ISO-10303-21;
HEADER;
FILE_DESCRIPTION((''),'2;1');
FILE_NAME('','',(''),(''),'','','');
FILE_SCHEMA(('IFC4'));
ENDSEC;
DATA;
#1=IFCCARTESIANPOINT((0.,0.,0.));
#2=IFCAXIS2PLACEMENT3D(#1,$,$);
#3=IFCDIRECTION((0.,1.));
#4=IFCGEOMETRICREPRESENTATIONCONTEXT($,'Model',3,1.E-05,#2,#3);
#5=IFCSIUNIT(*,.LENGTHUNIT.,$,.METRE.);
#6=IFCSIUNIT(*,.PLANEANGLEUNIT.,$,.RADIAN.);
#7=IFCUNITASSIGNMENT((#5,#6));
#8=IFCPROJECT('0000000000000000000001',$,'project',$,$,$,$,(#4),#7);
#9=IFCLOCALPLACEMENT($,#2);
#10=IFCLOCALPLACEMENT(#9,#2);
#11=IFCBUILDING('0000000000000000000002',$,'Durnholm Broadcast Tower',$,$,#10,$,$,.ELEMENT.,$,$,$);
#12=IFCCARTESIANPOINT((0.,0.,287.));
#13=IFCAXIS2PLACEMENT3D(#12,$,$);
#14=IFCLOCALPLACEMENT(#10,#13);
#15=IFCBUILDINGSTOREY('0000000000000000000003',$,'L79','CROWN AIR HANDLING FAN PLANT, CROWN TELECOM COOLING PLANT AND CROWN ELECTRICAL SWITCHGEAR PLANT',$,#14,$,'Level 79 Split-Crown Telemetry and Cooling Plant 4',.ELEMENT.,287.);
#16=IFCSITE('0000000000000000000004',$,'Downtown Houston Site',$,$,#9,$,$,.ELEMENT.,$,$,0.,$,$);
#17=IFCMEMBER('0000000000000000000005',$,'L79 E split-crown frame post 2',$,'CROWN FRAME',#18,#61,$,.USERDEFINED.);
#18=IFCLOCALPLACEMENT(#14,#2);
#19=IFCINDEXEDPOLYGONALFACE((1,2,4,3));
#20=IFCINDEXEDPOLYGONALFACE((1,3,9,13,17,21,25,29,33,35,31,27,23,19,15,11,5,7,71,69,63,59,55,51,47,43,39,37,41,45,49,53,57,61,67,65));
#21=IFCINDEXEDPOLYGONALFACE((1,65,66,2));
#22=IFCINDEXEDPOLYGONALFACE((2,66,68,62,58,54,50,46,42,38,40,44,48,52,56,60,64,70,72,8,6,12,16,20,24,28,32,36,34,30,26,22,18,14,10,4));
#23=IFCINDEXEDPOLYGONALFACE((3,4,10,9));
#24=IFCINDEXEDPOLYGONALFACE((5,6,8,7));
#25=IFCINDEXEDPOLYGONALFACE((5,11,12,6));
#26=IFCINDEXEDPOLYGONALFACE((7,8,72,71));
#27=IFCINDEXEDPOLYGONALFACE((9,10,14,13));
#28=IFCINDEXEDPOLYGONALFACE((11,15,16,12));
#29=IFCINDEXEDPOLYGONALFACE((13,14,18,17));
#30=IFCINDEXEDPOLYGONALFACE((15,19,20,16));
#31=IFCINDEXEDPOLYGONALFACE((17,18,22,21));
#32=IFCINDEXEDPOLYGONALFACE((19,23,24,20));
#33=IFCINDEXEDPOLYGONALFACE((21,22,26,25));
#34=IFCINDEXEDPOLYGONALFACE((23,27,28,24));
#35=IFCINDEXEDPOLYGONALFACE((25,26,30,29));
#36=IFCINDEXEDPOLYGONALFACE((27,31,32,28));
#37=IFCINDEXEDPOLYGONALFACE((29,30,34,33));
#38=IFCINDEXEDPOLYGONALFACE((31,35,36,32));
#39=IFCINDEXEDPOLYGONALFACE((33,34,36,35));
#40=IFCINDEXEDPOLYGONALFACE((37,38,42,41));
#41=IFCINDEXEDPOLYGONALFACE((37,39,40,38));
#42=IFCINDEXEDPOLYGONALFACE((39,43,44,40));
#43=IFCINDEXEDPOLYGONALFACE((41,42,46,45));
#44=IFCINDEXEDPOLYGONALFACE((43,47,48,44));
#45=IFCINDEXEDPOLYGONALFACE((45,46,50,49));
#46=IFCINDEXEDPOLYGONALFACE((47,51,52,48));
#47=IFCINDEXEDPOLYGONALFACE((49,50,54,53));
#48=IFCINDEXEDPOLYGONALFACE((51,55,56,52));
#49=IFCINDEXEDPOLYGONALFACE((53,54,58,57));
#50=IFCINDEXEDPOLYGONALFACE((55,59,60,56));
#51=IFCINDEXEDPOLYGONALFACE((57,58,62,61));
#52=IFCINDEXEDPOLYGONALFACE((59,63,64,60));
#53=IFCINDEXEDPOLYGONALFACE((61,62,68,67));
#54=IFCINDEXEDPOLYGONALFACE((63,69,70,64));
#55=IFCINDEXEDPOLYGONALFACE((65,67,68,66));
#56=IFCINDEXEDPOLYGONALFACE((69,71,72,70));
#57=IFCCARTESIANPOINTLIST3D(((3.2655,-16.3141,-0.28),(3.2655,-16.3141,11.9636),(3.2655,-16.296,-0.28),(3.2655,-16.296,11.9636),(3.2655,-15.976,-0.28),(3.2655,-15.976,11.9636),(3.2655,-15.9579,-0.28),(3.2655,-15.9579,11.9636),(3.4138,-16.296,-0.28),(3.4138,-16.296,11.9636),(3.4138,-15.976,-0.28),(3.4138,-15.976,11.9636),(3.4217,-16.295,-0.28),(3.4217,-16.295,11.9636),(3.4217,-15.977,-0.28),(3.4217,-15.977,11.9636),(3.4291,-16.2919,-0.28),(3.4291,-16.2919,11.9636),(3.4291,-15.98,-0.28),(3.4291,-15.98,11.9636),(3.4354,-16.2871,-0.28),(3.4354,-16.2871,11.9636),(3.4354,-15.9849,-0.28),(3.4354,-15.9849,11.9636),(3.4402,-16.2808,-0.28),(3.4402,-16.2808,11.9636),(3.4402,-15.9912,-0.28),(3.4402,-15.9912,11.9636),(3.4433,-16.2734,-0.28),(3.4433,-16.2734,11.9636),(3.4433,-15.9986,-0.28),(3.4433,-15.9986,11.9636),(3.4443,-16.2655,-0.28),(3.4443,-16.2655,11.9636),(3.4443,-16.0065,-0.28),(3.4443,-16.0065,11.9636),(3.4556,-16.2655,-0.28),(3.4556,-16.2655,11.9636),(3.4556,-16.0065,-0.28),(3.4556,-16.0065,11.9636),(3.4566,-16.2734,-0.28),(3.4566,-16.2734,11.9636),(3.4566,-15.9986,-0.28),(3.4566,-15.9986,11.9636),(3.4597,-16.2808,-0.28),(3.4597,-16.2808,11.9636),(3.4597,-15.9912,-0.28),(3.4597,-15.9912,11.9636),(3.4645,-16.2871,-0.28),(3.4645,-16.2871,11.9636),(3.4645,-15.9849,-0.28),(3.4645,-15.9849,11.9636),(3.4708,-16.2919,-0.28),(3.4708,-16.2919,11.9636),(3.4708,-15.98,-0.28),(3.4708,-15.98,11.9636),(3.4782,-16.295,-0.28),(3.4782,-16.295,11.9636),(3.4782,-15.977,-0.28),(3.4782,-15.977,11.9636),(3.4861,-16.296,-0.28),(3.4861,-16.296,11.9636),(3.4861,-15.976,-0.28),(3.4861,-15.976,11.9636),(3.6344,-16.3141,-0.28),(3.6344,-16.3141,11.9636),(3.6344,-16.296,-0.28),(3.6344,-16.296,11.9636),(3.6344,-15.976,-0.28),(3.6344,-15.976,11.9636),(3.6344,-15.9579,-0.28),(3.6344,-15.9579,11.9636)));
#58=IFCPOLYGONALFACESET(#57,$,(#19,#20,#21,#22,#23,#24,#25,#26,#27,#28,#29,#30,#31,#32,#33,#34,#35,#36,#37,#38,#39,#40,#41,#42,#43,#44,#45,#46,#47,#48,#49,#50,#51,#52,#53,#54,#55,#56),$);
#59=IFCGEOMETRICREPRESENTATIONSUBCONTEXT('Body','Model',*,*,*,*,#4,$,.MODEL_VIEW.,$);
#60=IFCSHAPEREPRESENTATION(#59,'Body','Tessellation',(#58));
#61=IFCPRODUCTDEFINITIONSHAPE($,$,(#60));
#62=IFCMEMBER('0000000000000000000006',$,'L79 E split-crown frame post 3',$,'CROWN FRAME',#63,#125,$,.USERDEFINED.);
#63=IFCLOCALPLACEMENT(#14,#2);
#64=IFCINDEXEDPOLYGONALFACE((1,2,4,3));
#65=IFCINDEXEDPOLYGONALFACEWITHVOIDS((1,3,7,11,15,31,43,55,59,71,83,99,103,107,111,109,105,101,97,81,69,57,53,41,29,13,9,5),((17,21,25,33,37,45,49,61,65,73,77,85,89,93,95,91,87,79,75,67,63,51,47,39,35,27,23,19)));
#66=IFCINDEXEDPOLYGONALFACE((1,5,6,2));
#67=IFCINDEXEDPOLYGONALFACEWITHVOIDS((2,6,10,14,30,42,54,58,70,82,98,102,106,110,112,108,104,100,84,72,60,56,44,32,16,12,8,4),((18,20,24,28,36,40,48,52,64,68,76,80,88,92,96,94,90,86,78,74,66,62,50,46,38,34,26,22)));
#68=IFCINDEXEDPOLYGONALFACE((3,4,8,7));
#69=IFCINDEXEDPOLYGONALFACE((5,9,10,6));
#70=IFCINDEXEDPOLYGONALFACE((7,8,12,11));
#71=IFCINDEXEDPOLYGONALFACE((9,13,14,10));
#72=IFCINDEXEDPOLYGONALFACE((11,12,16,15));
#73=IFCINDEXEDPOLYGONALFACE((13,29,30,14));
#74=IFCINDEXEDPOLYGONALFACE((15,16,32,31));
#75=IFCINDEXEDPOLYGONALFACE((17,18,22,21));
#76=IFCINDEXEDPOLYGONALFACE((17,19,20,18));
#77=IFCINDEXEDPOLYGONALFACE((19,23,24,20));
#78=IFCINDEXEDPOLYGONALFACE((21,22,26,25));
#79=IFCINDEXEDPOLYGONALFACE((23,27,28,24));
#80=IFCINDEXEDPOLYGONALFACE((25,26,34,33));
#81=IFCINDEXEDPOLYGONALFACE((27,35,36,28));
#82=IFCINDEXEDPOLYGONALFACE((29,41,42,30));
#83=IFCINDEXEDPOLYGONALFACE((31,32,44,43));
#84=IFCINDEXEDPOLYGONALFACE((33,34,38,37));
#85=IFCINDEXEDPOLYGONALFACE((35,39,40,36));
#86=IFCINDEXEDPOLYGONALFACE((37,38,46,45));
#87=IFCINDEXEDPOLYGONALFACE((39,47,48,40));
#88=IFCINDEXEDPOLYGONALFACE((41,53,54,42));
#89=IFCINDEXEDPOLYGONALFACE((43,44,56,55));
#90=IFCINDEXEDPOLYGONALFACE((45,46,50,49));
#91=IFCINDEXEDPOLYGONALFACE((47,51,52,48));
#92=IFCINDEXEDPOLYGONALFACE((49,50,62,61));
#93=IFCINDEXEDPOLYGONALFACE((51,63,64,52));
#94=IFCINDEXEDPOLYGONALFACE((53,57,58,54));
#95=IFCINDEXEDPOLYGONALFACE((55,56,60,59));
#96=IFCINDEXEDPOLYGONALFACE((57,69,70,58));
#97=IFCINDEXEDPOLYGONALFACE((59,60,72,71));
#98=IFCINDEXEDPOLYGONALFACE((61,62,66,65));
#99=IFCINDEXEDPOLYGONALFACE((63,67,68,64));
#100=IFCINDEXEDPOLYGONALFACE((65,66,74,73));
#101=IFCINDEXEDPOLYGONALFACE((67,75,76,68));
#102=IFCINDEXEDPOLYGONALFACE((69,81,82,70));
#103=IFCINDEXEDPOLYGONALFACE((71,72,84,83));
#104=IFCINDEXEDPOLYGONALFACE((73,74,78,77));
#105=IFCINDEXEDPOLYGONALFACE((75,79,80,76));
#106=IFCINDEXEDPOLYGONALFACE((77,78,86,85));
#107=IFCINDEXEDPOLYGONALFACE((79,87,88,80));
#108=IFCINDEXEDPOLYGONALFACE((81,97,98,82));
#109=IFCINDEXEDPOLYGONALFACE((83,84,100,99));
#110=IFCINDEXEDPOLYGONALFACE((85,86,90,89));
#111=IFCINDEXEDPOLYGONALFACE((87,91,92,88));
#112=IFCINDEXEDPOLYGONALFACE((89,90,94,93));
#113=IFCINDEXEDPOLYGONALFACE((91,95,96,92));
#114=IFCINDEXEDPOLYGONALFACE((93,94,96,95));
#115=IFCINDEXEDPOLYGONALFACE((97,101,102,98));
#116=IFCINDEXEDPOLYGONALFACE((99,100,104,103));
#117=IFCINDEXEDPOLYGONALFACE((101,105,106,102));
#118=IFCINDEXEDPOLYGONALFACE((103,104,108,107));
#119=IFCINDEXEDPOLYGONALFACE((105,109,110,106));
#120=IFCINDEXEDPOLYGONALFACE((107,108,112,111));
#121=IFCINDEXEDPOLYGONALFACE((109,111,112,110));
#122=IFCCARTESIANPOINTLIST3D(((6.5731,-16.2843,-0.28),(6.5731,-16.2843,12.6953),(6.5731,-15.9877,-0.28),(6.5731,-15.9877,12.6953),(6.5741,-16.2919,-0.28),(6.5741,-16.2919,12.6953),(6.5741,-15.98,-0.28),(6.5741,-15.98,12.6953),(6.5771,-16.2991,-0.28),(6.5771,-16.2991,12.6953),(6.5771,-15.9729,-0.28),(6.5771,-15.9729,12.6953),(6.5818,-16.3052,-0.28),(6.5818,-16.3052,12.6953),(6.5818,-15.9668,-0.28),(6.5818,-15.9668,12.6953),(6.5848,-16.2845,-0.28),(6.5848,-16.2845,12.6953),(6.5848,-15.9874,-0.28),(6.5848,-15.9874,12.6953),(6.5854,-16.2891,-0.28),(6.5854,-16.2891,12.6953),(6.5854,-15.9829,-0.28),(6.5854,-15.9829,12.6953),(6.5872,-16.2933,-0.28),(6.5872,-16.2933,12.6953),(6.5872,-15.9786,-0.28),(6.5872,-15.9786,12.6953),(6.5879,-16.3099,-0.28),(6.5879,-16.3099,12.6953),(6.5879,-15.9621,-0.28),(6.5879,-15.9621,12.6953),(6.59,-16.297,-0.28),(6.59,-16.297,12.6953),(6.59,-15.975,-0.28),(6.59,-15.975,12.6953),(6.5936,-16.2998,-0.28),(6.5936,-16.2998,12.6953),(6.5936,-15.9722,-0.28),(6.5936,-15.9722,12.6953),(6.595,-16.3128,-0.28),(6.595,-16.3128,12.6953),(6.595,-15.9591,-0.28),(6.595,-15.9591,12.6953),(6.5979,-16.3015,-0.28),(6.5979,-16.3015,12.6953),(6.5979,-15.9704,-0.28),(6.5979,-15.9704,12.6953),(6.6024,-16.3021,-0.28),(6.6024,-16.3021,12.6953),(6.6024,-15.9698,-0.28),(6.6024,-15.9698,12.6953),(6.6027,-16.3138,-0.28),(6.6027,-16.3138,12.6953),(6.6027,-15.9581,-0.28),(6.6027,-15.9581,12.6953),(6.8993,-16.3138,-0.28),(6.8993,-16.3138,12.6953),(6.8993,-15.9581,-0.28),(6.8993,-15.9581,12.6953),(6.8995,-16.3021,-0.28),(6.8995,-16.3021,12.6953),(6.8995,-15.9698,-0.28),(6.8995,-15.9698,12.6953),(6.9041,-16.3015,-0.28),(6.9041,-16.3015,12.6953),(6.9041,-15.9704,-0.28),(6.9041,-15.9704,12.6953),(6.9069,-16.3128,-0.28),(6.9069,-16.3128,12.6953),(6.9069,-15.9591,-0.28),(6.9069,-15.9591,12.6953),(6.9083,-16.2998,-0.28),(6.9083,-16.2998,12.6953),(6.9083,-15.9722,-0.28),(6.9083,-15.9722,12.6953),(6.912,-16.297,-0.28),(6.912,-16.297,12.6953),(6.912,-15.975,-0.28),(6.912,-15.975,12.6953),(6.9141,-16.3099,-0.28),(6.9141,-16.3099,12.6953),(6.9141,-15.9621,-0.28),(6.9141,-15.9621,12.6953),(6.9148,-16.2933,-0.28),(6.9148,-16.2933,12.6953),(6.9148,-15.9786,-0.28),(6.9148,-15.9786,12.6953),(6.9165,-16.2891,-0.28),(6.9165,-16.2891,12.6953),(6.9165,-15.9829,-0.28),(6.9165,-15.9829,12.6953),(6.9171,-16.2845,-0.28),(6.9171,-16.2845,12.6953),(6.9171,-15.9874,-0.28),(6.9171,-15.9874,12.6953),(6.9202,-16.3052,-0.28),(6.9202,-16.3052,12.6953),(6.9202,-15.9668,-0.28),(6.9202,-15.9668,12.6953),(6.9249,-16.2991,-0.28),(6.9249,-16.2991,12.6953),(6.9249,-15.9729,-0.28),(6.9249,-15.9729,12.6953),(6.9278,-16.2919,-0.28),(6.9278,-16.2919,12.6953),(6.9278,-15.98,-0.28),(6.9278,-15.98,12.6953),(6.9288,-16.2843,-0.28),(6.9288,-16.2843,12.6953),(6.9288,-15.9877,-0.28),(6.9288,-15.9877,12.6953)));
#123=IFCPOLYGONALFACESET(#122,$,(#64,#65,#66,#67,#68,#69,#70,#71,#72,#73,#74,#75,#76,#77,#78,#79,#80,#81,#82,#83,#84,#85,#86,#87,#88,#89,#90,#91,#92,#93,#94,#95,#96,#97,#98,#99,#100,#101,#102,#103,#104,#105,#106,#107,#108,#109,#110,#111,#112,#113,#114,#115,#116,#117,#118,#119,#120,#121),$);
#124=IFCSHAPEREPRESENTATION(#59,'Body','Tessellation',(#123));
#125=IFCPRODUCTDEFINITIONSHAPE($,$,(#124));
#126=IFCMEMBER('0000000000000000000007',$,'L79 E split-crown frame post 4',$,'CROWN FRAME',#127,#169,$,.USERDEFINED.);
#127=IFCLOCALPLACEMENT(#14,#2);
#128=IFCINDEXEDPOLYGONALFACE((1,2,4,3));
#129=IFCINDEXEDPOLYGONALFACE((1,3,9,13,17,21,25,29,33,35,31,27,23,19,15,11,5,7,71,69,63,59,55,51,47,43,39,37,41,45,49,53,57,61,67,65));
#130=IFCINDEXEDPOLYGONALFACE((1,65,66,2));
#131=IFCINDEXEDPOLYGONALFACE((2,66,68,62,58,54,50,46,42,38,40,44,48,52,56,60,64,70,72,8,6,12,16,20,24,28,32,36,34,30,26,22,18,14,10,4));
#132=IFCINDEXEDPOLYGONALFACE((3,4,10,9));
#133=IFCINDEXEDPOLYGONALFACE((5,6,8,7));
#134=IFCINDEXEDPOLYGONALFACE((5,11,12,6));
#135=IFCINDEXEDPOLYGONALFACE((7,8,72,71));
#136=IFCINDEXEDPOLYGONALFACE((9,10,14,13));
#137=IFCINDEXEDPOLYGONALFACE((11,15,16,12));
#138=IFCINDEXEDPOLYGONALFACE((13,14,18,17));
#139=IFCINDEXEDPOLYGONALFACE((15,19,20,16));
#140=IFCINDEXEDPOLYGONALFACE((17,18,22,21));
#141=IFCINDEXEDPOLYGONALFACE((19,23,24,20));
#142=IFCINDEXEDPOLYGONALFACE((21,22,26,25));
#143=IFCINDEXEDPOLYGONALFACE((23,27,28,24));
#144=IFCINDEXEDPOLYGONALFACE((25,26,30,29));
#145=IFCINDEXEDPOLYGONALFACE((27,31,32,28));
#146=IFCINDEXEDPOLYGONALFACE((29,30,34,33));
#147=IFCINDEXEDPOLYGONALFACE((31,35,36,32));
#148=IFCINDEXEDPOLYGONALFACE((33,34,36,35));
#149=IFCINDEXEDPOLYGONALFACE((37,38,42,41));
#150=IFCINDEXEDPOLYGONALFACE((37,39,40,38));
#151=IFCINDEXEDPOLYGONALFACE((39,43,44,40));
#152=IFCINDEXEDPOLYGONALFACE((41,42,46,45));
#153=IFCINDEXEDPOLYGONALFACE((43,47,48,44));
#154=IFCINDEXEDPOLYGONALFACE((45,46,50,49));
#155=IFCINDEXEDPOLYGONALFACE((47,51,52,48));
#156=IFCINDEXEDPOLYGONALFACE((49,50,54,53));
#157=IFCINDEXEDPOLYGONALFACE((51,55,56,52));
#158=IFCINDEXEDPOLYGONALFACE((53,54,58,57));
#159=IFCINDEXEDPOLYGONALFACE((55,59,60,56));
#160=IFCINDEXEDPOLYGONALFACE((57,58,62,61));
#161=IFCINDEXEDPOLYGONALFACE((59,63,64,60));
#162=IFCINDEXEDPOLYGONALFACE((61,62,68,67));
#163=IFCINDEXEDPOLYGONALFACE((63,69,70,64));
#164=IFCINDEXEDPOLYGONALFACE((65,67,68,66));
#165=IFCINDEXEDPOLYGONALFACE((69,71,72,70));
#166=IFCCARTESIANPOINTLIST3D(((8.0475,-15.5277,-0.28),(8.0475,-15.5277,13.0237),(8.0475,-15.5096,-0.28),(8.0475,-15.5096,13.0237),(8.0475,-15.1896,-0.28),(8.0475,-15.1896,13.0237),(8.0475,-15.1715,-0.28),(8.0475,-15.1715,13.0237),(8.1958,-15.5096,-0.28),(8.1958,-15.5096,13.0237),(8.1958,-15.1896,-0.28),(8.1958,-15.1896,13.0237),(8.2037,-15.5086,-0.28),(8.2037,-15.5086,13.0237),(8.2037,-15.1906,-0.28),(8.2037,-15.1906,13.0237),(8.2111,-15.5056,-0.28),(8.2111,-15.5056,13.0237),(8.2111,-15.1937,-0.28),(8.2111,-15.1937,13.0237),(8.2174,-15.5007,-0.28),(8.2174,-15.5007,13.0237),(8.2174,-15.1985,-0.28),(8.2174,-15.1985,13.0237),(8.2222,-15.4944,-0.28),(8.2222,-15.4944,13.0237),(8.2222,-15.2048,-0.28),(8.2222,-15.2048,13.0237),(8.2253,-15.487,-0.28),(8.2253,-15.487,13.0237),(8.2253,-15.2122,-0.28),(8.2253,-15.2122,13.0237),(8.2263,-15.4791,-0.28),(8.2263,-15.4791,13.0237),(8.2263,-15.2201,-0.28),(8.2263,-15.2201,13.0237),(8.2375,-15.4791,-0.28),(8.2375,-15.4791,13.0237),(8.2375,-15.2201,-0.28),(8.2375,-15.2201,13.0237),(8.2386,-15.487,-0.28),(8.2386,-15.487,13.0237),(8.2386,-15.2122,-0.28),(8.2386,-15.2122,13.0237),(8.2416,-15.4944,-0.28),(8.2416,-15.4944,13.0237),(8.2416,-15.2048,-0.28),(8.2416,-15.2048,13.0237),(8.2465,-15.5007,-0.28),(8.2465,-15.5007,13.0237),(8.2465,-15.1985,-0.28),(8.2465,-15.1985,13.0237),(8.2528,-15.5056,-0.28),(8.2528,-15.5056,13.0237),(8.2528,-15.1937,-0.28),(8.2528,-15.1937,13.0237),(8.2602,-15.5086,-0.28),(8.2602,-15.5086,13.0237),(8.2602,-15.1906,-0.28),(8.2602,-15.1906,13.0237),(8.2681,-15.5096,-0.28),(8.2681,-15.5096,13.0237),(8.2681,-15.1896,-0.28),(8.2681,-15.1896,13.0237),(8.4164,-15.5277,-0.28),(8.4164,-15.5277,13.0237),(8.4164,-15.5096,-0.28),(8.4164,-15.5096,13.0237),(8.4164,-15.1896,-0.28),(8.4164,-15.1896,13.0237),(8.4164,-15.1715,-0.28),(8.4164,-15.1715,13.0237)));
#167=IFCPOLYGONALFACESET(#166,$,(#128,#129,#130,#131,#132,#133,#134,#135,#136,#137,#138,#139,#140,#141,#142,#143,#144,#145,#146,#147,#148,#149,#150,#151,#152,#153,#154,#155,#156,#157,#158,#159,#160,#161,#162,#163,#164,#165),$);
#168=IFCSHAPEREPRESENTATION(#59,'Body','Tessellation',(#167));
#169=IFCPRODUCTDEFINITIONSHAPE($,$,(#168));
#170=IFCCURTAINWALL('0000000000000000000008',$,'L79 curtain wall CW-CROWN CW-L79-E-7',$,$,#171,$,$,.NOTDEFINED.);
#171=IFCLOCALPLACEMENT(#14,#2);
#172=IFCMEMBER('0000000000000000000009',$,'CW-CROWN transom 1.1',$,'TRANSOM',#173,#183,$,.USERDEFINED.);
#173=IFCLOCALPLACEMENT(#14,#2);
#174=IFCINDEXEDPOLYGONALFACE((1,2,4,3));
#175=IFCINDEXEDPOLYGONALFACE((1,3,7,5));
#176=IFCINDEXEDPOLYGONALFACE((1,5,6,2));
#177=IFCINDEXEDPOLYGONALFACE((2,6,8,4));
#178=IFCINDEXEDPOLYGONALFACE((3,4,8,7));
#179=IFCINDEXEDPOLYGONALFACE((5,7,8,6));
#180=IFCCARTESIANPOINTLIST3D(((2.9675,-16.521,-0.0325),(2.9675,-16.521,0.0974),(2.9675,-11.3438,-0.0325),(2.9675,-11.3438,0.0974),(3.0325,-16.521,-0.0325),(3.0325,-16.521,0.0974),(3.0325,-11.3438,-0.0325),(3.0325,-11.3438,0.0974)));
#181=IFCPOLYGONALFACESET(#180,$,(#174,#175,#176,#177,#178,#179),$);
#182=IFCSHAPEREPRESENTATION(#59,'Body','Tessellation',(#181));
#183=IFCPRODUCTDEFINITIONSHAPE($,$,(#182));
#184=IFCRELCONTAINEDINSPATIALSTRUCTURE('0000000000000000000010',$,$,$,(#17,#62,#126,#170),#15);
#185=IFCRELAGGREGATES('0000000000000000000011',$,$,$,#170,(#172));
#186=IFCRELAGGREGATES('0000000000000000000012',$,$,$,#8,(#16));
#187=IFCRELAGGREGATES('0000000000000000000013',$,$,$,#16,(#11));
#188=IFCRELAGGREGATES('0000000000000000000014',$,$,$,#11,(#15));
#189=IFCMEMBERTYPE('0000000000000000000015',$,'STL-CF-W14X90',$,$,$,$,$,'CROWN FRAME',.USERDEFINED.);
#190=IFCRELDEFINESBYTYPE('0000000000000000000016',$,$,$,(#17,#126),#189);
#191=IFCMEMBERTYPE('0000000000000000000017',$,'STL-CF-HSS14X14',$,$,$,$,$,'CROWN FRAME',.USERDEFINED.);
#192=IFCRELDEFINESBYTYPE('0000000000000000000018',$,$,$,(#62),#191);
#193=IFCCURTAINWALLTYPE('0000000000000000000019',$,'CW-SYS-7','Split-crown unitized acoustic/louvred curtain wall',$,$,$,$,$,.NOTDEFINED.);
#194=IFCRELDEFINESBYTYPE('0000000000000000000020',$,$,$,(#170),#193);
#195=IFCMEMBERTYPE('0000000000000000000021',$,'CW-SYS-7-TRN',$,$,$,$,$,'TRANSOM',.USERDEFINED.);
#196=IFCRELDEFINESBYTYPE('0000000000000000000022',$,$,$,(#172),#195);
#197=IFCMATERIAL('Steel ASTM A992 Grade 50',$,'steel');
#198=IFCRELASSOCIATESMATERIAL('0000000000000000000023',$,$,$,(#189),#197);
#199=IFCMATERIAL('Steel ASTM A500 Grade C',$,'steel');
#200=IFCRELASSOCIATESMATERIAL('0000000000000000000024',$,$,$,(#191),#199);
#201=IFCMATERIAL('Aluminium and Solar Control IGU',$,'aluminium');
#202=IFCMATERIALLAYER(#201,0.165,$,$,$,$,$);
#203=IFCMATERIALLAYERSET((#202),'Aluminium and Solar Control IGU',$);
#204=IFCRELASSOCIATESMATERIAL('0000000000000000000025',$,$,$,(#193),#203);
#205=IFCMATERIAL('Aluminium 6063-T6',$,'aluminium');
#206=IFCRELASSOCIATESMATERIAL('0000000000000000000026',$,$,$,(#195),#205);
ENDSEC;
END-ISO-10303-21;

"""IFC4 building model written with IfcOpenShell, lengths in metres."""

from ifc_helpers import new_model, si_unit, direction, frame, origin, origin_2d, place, context, subcontext, project, spatial, rectangle, hollow_rectangle, i_section, extrude, source, transform, mapped, material, layer, layer_set, material_profile, profile_set, type_object, type_shapes, element, aggregate, save


model = new_model("IFC4")

# Units and contexts
model_context = context("Model", 3, precision=1e-05, world=origin(), true_north=direction((0.0, 1.0)))
body_context = subcontext(model_context, "Body", "Model", "MODEL_VIEW")
ifc_project = project(units=[si_unit("LENGTHUNIT", "METRE"), si_unit("PLANEANGLEUNIT", "RADIAN")], contexts=[model_context])

# Site, building, storey
site_placement = place(None, origin())
site = spatial("IfcSite", under=ifc_project, at=site_placement, Name="Downtown Houston Site", CompositionType="ELEMENT", RefElevation=0.0)
building_placement = place(site_placement, origin())
building = spatial("IfcBuilding", under=site, at=building_placement, Name="Durnholm Broadcast Tower", CompositionType="ELEMENT")
storey_placement = place(building_placement, frame((0.0, 0.0, 287.0)))
storey = spatial("IfcBuildingStorey", under=building, at=storey_placement, Name="L79", Description="CROWN AIR HANDLING FAN PLANT, CROWN TELECOM COOLING PLANT AND CROWN ELECTRICAL SWITCHGEAR PLANT", LongName="Level 79 Split-Crown Telemetry and Cooling Plant 4", CompositionType="ELEMENT", Elevation=287.0)

# Shared definitions
ifc_material_1 = material(Name="Steel ASTM A500 Grade C", Category="steel")

# Shared definitions
ifc_material_2 = material(Name="Steel ASTM A992 Grade 50", Category="steel")

# Members
ifc_material_profile_1 = material_profile(ifc_material_2, i_section(OverallWidth=0.3689, OverallDepth=0.3562, WebThickness=0.0112, FlangeThickness=0.0181, FilletRadius=0.0305, at=origin_2d()), Name="W14X90")
ifc_profile_set_1 = profile_set([ifc_material_profile_1], Name="Steel ASTM A992 Grade 50")
member_type_1 = type_object("IfcMemberType", Name="STL-CF-W14X90", ElementType="CROWN FRAME", PredefinedType="USERDEFINED", material=ifc_profile_set_1)
shared_shape_1 = source(origin(), body_context, "Body", "SweptSolid", [
    extrude(i_section(OverallWidth=0.3689, OverallDepth=0.3562, WebThickness=0.0112, FlangeThickness=0.0181, FilletRadius=0.0305, at=origin_2d()), origin(), (0.0, 0.0, 1.0), 12.2437),
])
member_1_placement = place(storey_placement, frame((3.45, -16.136, -0.28), z_axis=(0.0, 0.0, 1.0), x_axis=(1.0, 0.0, 0.0)))
element("IfcMember", 1, at=member_1_placement, inside=storey, type_object=member_type_1, Name="L79 E split-crown frame post 2", ObjectType="CROWN FRAME", PredefinedType="USERDEFINED", context=body_context, shape_type="MappedRepresentation", body=[
    mapped(shared_shape_1, transform((0.0, 0.0, 0.0), x_axis=(1.0, 0.0, 0.0), y_axis=(0.0, 1.0, 0.0), z_axis=(0.0, 0.0, 1.0), scale=1.0)),
])
ifc_material_profile_2 = material_profile(ifc_material_1, hollow_rectangle(XDim=0.3557, YDim=0.3557, WallThickness=0.0117, InnerFilletRadius=0.0176, OuterFilletRadius=0.0295, at=origin_2d()), Name="HSS14X14X1/2")
ifc_profile_set_2 = profile_set([ifc_material_profile_2], Name="Steel ASTM A500 Grade C")
member_type_2 = type_object("IfcMemberType", Name="STL-CF-HSS14X14", ElementType="CROWN FRAME", PredefinedType="USERDEFINED", material=ifc_profile_set_2)
shared_shape_2 = source(origin(), body_context, "Body", "SweptSolid", [
    extrude(hollow_rectangle(XDim=0.3557, YDim=0.3557, WallThickness=0.0117, InnerFilletRadius=0.0176, OuterFilletRadius=0.0295, at=origin_2d()), origin(), (0.0, 0.0, 1.0), 12.9753),
])
type_shapes(member_type_2, [shared_shape_2])
member_2_placement = place(storey_placement, frame((6.751, -16.136, -0.28), z_axis=(0.0, 0.0, 1.0), x_axis=(1.0, 0.0, 0.0)))
element("IfcMember", 2, at=member_2_placement, inside=storey, type_object=member_type_2, Name="L79 E split-crown frame post 3", ObjectType="CROWN FRAME", PredefinedType="USERDEFINED", context=body_context, shape_type="MappedRepresentation", body=[
    mapped(shared_shape_2, transform((0.0, 0.0, 0.0), x_axis=(1.0, 0.0, 0.0), y_axis=(0.0, 1.0, 0.0), z_axis=(0.0, 0.0, 1.0), scale=1.0)),
])
shared_shape_3 = source(origin(), body_context, "Body", "SweptSolid", [
    extrude(i_section(OverallWidth=0.3689, OverallDepth=0.3562, WebThickness=0.0112, FlangeThickness=0.0181, FilletRadius=0.0305, at=origin_2d()), origin(), (0.0, 0.0, 1.0), 13.3037),
])
type_shapes(member_type_1, [shared_shape_1, shared_shape_3])
member_3_placement = place(storey_placement, frame((8.2319, -15.3496, -0.28), z_axis=(0.0, 0.0, 1.0), x_axis=(1.0, 0.0, 0.0)))
element("IfcMember", 3, at=member_3_placement, inside=storey, type_object=member_type_1, Name="L79 E split-crown frame post 4", ObjectType="CROWN FRAME", PredefinedType="USERDEFINED", context=body_context, shape_type="MappedRepresentation", body=[
    mapped(shared_shape_3, transform((0.0, 0.0, 0.0), x_axis=(1.0, 0.0, 0.0), y_axis=(0.0, 1.0, 0.0), z_axis=(0.0, 0.0, 1.0), scale=1.0)),
])

# Curtain wall, member
ifc_material_3 = material(Name="Aluminium and Solar Control IGU", Category="aluminium")
ifc_layer_1 = layer(ifc_material_3, 0.165)
ifc_layer_set_1 = layer_set([ifc_layer_1], Name="Aluminium and Solar Control IGU")
curtain_wall_type = type_object("IfcCurtainWallType", Name="CW-SYS-7", Description="Split-crown unitized acoustic/louvred curtain wall", PredefinedType="NOTDEFINED", material=ifc_layer_set_1)
curtain_wall_placement = place(storey_placement, origin())
curtain_wall = element("IfcCurtainWall", 4, at=curtain_wall_placement, inside=storey, type_object=curtain_wall_type, Name="L79 curtain wall CW-CROWN CW-L79-E-7", PredefinedType="NOTDEFINED")
ifc_material_4 = material(Name="Aluminium 6063-T6", Category="aluminium")
ifc_material_profile_3 = material_profile(ifc_material_4, rectangle(XDim=0.0649, YDim=0.1299, at=origin_2d()), Name="CWT65X130")
ifc_profile_set_3 = profile_set([ifc_material_profile_3], Name="Aluminium 6063-T6")
member_type_3 = type_object("IfcMemberType", Name="CW-SYS-7-TRN", ElementType="TRANSOM", PredefinedType="USERDEFINED", material=ifc_profile_set_3)
shared_shape_4 = source(origin(), body_context, "Body", "SweptSolid", [
    extrude(rectangle(XDim=0.0649, YDim=0.1299, at=origin_2d()), origin(), (0.0, 0.0, 1.0), 5.1772),
])
member_4_placement = place(storey_placement, frame((3.0, -16.521, 0.0325), z_axis=(0.0, 1.0, 0.0), x_axis=(-1.0, 0.0, 0.0)))
member_4 = element("IfcMember", 5, at=member_4_placement, type_object=member_type_3, Name="CW-CROWN transom 1.1", ObjectType="TRANSOM", PredefinedType="USERDEFINED", context=body_context, shape_type="MappedRepresentation", body=[
    mapped(shared_shape_4, transform((0.0, 0.0, 0.0), x_axis=(1.0, 0.0, 0.0), y_axis=(0.0, 1.0, 0.0), z_axis=(0.0, 0.0, 1.0), scale=1.0)),
])

aggregate(curtain_wall, [member_4])

save(model, "model.ifc")
